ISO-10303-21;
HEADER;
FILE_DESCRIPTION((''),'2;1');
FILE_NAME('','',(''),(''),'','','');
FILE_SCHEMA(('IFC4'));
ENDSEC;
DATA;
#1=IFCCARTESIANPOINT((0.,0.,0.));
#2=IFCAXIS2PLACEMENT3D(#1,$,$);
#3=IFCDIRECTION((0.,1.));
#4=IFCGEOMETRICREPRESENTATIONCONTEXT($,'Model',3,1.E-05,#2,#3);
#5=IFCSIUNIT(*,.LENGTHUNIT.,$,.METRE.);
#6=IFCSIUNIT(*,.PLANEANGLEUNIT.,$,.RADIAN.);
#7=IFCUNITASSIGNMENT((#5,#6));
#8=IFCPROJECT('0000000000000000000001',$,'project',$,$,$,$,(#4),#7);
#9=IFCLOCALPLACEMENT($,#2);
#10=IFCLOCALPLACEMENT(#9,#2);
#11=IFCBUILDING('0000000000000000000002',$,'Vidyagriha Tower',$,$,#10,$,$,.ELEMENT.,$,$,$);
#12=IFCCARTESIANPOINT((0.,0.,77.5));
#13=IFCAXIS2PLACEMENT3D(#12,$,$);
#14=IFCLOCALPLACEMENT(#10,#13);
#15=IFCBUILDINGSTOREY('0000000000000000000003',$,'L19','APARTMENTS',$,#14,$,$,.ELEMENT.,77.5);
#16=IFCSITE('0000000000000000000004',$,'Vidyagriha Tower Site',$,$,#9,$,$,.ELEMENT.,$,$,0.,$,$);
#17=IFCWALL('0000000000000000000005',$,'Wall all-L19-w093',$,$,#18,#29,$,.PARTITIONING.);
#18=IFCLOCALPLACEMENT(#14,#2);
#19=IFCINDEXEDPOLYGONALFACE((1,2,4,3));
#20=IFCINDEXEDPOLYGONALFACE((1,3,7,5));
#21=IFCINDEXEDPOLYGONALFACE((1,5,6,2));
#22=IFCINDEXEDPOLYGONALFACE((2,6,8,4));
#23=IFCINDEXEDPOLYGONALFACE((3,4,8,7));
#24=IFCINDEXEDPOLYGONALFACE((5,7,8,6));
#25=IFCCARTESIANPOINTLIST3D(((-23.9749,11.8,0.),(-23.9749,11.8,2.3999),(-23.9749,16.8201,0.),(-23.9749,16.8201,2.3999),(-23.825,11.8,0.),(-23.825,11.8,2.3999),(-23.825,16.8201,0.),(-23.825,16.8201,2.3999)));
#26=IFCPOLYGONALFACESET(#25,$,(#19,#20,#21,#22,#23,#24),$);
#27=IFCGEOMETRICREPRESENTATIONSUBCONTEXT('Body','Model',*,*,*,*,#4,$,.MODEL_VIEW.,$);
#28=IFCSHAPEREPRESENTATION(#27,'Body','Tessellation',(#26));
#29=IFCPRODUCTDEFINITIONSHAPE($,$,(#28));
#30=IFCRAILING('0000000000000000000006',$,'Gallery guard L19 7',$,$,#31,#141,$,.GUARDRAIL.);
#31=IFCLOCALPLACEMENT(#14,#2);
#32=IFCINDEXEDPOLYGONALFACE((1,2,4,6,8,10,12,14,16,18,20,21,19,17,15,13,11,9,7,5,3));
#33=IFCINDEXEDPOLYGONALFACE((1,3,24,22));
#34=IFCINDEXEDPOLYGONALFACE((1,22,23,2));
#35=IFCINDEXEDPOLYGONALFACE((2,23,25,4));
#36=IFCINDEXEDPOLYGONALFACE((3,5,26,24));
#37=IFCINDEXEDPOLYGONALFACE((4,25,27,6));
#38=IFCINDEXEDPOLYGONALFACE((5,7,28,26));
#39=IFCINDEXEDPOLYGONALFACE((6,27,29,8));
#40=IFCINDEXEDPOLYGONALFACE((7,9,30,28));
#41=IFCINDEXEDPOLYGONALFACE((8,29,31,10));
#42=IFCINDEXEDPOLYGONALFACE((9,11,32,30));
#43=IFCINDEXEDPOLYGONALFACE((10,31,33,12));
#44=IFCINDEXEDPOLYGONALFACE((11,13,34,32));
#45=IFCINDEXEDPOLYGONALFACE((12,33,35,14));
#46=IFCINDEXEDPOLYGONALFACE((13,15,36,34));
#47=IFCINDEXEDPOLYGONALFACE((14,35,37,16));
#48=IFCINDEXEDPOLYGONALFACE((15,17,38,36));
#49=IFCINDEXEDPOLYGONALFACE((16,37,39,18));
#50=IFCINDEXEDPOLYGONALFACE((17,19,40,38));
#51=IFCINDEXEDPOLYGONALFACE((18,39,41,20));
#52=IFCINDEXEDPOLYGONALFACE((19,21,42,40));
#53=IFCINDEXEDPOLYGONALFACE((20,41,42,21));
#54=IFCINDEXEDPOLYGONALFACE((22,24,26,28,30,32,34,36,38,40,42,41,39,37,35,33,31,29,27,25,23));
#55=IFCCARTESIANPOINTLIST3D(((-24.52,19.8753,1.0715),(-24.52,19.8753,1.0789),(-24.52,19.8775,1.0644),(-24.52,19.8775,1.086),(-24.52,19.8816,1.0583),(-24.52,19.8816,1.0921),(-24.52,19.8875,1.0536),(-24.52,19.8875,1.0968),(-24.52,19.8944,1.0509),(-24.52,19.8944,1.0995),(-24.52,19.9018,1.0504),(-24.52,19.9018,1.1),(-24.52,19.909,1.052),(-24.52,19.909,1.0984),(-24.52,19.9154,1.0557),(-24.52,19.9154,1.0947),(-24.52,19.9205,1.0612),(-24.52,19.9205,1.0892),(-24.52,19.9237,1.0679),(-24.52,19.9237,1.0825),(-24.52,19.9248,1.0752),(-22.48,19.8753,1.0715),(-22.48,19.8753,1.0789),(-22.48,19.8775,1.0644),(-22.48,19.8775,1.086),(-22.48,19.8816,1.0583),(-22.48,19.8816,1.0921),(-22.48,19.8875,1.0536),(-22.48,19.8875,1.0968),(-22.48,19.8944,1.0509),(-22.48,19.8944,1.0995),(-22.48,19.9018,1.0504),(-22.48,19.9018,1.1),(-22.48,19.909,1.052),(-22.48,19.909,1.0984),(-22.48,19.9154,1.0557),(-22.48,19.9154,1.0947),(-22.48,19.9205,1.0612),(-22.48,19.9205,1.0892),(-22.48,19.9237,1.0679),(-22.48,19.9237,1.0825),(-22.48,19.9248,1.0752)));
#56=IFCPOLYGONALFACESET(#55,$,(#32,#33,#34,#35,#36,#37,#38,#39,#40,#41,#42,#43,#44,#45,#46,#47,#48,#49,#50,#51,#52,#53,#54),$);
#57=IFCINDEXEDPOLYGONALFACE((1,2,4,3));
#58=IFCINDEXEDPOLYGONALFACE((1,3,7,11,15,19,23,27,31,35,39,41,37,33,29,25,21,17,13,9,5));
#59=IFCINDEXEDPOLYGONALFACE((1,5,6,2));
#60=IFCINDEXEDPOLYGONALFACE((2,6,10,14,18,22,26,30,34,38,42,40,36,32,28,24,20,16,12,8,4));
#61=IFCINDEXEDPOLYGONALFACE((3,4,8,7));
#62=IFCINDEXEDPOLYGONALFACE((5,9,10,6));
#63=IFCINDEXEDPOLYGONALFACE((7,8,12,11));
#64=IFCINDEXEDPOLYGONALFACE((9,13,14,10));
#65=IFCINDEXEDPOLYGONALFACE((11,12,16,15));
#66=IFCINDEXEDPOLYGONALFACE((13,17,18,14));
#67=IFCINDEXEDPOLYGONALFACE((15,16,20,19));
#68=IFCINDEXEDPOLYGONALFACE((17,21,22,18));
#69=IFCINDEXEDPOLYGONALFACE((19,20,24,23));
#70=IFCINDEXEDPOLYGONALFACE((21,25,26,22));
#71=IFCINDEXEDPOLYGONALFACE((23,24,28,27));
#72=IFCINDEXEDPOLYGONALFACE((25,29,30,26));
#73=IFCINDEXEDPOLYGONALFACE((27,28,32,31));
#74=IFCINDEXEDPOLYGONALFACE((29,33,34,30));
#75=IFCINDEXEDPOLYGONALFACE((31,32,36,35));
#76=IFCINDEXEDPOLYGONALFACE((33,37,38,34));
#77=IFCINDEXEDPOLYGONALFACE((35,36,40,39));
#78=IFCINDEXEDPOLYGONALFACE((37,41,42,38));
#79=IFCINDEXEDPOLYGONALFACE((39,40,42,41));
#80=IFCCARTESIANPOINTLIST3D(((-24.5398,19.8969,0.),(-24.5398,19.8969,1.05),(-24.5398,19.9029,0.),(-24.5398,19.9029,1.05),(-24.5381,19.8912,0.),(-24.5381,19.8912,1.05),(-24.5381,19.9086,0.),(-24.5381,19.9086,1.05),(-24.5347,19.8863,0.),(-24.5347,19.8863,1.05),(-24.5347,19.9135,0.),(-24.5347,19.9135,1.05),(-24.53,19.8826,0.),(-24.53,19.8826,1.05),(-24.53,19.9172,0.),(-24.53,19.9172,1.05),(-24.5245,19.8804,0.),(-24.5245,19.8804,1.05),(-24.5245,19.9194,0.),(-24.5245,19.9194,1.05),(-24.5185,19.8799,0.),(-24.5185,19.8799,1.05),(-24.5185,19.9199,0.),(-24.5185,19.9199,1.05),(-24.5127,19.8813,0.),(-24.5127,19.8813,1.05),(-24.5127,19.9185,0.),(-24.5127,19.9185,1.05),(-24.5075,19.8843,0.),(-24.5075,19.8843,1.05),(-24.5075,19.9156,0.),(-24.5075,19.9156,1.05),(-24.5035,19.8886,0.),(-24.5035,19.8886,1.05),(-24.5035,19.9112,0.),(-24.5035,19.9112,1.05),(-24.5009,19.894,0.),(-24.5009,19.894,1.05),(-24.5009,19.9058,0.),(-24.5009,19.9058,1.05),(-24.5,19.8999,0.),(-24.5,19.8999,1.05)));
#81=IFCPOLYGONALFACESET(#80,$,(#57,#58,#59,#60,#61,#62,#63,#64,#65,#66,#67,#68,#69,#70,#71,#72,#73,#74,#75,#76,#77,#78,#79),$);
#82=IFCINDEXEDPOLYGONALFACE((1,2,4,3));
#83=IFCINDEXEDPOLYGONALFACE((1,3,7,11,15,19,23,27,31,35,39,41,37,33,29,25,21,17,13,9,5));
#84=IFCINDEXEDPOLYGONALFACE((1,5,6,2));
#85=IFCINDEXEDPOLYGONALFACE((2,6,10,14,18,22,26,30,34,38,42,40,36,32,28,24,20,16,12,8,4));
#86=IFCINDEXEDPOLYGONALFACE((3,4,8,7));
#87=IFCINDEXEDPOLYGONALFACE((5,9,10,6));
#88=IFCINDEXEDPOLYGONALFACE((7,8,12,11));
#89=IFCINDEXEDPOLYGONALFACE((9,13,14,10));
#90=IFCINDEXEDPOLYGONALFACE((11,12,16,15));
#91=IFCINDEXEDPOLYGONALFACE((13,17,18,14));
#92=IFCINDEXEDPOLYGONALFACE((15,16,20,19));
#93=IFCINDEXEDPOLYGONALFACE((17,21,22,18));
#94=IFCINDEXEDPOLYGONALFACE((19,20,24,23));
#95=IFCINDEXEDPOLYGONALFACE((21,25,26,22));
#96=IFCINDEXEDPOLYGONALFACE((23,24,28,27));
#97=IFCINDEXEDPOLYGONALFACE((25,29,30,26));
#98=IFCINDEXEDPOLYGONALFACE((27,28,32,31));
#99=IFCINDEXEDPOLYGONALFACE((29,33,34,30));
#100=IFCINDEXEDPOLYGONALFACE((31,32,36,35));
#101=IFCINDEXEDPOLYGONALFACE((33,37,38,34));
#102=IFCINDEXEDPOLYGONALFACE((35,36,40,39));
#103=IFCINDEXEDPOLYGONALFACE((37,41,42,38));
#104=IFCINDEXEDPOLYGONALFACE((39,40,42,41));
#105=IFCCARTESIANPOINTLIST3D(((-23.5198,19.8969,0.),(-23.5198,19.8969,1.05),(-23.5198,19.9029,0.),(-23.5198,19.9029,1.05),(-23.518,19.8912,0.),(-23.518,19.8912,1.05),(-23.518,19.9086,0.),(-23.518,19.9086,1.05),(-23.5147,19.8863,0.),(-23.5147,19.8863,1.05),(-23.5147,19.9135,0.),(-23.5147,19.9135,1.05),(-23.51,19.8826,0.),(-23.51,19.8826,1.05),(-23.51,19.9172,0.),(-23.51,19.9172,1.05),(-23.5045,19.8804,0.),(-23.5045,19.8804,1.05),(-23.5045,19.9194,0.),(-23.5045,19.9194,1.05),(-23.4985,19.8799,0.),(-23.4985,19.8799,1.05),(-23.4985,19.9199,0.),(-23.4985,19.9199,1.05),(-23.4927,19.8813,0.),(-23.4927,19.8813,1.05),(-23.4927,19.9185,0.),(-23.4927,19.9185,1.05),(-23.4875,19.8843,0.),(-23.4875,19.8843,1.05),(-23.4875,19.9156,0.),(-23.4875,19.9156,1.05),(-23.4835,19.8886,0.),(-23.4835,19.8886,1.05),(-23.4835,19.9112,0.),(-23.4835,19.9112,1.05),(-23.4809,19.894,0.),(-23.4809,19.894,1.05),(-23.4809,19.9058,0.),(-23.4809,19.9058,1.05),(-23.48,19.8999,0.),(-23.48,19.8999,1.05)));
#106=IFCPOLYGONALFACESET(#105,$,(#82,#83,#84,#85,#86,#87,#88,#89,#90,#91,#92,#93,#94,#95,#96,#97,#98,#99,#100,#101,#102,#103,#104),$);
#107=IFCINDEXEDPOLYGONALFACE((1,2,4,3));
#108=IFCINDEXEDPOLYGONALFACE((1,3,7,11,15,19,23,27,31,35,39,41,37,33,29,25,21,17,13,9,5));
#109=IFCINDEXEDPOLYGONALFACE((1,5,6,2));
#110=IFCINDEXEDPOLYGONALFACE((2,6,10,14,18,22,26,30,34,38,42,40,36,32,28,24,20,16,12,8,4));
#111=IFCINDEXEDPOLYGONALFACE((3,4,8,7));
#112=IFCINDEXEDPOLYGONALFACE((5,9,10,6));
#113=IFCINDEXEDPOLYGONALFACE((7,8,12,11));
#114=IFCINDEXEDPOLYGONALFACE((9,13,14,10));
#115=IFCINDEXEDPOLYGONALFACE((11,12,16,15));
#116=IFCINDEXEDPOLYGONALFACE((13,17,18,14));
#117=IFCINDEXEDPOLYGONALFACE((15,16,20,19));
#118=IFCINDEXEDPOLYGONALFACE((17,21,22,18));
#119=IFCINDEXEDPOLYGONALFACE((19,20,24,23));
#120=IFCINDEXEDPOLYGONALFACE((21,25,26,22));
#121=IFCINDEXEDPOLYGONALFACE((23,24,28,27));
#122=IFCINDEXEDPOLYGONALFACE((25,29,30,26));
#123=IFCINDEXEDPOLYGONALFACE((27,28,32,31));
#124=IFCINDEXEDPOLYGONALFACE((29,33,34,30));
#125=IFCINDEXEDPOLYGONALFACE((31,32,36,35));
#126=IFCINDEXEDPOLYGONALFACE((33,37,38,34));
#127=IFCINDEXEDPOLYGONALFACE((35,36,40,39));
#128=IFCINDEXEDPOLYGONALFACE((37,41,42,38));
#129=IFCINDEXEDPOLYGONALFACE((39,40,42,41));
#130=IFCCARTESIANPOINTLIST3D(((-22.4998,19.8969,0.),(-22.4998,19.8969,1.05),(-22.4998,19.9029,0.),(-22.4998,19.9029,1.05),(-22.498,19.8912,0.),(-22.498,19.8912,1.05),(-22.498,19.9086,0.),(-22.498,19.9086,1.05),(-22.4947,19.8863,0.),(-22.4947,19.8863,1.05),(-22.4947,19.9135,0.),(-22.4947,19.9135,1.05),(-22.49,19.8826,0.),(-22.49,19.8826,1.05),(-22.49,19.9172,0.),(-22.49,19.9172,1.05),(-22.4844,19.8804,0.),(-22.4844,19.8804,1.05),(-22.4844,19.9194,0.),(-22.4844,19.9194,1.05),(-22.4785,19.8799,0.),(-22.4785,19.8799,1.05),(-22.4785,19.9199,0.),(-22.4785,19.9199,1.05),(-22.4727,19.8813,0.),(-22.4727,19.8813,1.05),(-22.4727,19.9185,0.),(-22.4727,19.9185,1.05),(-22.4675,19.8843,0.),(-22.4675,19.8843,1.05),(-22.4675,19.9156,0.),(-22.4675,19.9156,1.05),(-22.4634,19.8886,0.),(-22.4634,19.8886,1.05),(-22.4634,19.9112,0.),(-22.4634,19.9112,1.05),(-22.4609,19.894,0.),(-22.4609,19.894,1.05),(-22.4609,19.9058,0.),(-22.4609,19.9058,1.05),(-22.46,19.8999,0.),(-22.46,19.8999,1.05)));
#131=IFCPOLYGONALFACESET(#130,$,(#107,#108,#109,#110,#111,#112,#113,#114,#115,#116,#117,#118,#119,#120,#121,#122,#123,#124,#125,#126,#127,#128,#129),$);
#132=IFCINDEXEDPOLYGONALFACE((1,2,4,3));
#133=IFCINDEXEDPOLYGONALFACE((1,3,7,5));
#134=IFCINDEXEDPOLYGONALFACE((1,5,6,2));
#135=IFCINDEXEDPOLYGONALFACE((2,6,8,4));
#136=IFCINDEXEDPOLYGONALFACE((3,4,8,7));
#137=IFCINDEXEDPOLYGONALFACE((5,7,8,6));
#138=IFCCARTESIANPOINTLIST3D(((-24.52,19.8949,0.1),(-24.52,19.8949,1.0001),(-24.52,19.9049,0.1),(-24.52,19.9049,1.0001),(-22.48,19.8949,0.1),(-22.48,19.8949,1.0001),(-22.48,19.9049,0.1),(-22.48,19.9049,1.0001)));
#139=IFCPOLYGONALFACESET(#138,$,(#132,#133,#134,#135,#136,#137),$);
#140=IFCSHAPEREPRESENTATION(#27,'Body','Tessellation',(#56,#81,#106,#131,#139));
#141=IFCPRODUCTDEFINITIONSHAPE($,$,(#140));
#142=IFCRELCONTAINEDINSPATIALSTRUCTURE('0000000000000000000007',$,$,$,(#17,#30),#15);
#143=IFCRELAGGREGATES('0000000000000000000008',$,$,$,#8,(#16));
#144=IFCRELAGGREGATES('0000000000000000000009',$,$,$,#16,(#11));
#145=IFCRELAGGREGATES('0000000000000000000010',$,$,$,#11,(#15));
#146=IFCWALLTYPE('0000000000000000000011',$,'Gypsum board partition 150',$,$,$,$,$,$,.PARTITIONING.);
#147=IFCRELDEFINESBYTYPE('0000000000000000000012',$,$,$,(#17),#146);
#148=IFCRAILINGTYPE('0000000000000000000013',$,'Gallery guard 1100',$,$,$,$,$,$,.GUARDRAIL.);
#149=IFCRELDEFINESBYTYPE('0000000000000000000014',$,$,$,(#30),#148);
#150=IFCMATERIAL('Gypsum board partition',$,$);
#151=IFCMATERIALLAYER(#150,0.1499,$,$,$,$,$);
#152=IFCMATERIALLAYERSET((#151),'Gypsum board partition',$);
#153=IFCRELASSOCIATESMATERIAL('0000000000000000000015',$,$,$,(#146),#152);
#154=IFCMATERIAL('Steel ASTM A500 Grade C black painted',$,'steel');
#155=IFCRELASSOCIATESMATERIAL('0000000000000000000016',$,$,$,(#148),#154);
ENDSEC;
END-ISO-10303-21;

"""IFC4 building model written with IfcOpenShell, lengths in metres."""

from ifc_helpers import new_model, si_unit, direction, frame, frame_2d, origin, origin_2d, place, context, subcontext, project, spatial, rectangle, circle, extrude, material, layer, layer_set, type_object, element, save


model = new_model("IFC4")

# Units and contexts
model_context = context("Model", 3, precision=1e-05, world=origin(), true_north=direction((0.0, 1.0)))
body_context = subcontext(model_context, "Body", "Model", "MODEL_VIEW")
ifc_project = project(units=[si_unit("LENGTHUNIT", "METRE"), si_unit("PLANEANGLEUNIT", "RADIAN")], contexts=[model_context])

# Site, building, storey
site_placement = place(None, origin())
site = spatial("IfcSite", under=ifc_project, at=site_placement, Name="Vidyagriha Tower Site", CompositionType="ELEMENT", RefElevation=0.0)
building_placement = place(site_placement, origin())
building = spatial("IfcBuilding", under=site, at=building_placement, Name="Vidyagriha Tower", CompositionType="ELEMENT")
storey_placement = place(building_placement, frame((0.0, 0.0, 77.5)))
storey = spatial("IfcBuildingStorey", under=building, at=storey_placement, Name="L19", Description="APARTMENTS", CompositionType="ELEMENT", Elevation=77.5)

# Wall
ifc_material_1 = material(Name="Gypsum board partition")
ifc_layer_1 = layer(ifc_material_1, 0.1499)
ifc_layer_set_1 = layer_set([ifc_layer_1], Name="Gypsum board partition")
wall_type_1 = type_object("IfcWallType", Name="Gypsum board partition 150", PredefinedType="PARTITIONING", material=ifc_layer_set_1)
wall_1_placement = place(storey_placement, frame((-23.8999, 16.8201, 0.0), z_axis=(0.0, 0.0, 1.0), x_axis=(0.0, -1.0, 0.0)))
element("IfcWall", 1, at=wall_1_placement, inside=storey, type_object=wall_type_1, Name="Wall all-L19-w093", PredefinedType="PARTITIONING", context=body_context, shape_type="SweptSolid", body=[
    extrude(rectangle(XDim=5.02, YDim=0.1499, at=frame_2d((2.51, 0.0))), origin(), (0.0, 0.0, 1.0), 2.3999),
])

# Railing
ifc_material_2 = material(Name="Steel ASTM A500 Grade C black painted", Category="steel")
railing_type = type_object("IfcRailingType", Name="Gallery guard 1100", PredefinedType="GUARDRAIL", material=ifc_material_2)
railing_1_placement = place(storey_placement, frame((-24.52, 19.8999, 0.0)))
element("IfcRailing", 2, at=railing_1_placement, inside=storey, type_object=railing_type, Name="Gallery guard L19 7", PredefinedType="GUARDRAIL", context=body_context, shape_type="SweptSolid", body=[
    extrude(circle(Radius=0.0249, at=origin_2d()), frame((0.0, 0.0, 1.0752), z_axis=(1.0, 0.0, 0.0), x_axis=(0.0, 1.0, 0.0)), (0.0, 0.0, 1.0), 2.04),
    extrude(circle(Radius=0.02, at=origin_2d()), origin(), (0.0, 0.0, 1.0), 1.05),
    extrude(circle(Radius=0.02, at=origin_2d()), frame((1.02, 0.0, 0.0)), (0.0, 0.0, 1.0), 1.05),
    extrude(circle(Radius=0.02, at=origin_2d()), frame((2.04, 0.0, 0.0)), (0.0, 0.0, 1.0), 1.05),
    extrude(rectangle(XDim=0.01, YDim=0.9001, at=origin_2d()), frame((0.0, 0.0, 0.55), z_axis=(1.0, 0.0, 0.0), x_axis=(0.0, 1.0, 0.0)), (0.0, 0.0, 1.0), 2.04),
])

save(model, "model.ifc")
